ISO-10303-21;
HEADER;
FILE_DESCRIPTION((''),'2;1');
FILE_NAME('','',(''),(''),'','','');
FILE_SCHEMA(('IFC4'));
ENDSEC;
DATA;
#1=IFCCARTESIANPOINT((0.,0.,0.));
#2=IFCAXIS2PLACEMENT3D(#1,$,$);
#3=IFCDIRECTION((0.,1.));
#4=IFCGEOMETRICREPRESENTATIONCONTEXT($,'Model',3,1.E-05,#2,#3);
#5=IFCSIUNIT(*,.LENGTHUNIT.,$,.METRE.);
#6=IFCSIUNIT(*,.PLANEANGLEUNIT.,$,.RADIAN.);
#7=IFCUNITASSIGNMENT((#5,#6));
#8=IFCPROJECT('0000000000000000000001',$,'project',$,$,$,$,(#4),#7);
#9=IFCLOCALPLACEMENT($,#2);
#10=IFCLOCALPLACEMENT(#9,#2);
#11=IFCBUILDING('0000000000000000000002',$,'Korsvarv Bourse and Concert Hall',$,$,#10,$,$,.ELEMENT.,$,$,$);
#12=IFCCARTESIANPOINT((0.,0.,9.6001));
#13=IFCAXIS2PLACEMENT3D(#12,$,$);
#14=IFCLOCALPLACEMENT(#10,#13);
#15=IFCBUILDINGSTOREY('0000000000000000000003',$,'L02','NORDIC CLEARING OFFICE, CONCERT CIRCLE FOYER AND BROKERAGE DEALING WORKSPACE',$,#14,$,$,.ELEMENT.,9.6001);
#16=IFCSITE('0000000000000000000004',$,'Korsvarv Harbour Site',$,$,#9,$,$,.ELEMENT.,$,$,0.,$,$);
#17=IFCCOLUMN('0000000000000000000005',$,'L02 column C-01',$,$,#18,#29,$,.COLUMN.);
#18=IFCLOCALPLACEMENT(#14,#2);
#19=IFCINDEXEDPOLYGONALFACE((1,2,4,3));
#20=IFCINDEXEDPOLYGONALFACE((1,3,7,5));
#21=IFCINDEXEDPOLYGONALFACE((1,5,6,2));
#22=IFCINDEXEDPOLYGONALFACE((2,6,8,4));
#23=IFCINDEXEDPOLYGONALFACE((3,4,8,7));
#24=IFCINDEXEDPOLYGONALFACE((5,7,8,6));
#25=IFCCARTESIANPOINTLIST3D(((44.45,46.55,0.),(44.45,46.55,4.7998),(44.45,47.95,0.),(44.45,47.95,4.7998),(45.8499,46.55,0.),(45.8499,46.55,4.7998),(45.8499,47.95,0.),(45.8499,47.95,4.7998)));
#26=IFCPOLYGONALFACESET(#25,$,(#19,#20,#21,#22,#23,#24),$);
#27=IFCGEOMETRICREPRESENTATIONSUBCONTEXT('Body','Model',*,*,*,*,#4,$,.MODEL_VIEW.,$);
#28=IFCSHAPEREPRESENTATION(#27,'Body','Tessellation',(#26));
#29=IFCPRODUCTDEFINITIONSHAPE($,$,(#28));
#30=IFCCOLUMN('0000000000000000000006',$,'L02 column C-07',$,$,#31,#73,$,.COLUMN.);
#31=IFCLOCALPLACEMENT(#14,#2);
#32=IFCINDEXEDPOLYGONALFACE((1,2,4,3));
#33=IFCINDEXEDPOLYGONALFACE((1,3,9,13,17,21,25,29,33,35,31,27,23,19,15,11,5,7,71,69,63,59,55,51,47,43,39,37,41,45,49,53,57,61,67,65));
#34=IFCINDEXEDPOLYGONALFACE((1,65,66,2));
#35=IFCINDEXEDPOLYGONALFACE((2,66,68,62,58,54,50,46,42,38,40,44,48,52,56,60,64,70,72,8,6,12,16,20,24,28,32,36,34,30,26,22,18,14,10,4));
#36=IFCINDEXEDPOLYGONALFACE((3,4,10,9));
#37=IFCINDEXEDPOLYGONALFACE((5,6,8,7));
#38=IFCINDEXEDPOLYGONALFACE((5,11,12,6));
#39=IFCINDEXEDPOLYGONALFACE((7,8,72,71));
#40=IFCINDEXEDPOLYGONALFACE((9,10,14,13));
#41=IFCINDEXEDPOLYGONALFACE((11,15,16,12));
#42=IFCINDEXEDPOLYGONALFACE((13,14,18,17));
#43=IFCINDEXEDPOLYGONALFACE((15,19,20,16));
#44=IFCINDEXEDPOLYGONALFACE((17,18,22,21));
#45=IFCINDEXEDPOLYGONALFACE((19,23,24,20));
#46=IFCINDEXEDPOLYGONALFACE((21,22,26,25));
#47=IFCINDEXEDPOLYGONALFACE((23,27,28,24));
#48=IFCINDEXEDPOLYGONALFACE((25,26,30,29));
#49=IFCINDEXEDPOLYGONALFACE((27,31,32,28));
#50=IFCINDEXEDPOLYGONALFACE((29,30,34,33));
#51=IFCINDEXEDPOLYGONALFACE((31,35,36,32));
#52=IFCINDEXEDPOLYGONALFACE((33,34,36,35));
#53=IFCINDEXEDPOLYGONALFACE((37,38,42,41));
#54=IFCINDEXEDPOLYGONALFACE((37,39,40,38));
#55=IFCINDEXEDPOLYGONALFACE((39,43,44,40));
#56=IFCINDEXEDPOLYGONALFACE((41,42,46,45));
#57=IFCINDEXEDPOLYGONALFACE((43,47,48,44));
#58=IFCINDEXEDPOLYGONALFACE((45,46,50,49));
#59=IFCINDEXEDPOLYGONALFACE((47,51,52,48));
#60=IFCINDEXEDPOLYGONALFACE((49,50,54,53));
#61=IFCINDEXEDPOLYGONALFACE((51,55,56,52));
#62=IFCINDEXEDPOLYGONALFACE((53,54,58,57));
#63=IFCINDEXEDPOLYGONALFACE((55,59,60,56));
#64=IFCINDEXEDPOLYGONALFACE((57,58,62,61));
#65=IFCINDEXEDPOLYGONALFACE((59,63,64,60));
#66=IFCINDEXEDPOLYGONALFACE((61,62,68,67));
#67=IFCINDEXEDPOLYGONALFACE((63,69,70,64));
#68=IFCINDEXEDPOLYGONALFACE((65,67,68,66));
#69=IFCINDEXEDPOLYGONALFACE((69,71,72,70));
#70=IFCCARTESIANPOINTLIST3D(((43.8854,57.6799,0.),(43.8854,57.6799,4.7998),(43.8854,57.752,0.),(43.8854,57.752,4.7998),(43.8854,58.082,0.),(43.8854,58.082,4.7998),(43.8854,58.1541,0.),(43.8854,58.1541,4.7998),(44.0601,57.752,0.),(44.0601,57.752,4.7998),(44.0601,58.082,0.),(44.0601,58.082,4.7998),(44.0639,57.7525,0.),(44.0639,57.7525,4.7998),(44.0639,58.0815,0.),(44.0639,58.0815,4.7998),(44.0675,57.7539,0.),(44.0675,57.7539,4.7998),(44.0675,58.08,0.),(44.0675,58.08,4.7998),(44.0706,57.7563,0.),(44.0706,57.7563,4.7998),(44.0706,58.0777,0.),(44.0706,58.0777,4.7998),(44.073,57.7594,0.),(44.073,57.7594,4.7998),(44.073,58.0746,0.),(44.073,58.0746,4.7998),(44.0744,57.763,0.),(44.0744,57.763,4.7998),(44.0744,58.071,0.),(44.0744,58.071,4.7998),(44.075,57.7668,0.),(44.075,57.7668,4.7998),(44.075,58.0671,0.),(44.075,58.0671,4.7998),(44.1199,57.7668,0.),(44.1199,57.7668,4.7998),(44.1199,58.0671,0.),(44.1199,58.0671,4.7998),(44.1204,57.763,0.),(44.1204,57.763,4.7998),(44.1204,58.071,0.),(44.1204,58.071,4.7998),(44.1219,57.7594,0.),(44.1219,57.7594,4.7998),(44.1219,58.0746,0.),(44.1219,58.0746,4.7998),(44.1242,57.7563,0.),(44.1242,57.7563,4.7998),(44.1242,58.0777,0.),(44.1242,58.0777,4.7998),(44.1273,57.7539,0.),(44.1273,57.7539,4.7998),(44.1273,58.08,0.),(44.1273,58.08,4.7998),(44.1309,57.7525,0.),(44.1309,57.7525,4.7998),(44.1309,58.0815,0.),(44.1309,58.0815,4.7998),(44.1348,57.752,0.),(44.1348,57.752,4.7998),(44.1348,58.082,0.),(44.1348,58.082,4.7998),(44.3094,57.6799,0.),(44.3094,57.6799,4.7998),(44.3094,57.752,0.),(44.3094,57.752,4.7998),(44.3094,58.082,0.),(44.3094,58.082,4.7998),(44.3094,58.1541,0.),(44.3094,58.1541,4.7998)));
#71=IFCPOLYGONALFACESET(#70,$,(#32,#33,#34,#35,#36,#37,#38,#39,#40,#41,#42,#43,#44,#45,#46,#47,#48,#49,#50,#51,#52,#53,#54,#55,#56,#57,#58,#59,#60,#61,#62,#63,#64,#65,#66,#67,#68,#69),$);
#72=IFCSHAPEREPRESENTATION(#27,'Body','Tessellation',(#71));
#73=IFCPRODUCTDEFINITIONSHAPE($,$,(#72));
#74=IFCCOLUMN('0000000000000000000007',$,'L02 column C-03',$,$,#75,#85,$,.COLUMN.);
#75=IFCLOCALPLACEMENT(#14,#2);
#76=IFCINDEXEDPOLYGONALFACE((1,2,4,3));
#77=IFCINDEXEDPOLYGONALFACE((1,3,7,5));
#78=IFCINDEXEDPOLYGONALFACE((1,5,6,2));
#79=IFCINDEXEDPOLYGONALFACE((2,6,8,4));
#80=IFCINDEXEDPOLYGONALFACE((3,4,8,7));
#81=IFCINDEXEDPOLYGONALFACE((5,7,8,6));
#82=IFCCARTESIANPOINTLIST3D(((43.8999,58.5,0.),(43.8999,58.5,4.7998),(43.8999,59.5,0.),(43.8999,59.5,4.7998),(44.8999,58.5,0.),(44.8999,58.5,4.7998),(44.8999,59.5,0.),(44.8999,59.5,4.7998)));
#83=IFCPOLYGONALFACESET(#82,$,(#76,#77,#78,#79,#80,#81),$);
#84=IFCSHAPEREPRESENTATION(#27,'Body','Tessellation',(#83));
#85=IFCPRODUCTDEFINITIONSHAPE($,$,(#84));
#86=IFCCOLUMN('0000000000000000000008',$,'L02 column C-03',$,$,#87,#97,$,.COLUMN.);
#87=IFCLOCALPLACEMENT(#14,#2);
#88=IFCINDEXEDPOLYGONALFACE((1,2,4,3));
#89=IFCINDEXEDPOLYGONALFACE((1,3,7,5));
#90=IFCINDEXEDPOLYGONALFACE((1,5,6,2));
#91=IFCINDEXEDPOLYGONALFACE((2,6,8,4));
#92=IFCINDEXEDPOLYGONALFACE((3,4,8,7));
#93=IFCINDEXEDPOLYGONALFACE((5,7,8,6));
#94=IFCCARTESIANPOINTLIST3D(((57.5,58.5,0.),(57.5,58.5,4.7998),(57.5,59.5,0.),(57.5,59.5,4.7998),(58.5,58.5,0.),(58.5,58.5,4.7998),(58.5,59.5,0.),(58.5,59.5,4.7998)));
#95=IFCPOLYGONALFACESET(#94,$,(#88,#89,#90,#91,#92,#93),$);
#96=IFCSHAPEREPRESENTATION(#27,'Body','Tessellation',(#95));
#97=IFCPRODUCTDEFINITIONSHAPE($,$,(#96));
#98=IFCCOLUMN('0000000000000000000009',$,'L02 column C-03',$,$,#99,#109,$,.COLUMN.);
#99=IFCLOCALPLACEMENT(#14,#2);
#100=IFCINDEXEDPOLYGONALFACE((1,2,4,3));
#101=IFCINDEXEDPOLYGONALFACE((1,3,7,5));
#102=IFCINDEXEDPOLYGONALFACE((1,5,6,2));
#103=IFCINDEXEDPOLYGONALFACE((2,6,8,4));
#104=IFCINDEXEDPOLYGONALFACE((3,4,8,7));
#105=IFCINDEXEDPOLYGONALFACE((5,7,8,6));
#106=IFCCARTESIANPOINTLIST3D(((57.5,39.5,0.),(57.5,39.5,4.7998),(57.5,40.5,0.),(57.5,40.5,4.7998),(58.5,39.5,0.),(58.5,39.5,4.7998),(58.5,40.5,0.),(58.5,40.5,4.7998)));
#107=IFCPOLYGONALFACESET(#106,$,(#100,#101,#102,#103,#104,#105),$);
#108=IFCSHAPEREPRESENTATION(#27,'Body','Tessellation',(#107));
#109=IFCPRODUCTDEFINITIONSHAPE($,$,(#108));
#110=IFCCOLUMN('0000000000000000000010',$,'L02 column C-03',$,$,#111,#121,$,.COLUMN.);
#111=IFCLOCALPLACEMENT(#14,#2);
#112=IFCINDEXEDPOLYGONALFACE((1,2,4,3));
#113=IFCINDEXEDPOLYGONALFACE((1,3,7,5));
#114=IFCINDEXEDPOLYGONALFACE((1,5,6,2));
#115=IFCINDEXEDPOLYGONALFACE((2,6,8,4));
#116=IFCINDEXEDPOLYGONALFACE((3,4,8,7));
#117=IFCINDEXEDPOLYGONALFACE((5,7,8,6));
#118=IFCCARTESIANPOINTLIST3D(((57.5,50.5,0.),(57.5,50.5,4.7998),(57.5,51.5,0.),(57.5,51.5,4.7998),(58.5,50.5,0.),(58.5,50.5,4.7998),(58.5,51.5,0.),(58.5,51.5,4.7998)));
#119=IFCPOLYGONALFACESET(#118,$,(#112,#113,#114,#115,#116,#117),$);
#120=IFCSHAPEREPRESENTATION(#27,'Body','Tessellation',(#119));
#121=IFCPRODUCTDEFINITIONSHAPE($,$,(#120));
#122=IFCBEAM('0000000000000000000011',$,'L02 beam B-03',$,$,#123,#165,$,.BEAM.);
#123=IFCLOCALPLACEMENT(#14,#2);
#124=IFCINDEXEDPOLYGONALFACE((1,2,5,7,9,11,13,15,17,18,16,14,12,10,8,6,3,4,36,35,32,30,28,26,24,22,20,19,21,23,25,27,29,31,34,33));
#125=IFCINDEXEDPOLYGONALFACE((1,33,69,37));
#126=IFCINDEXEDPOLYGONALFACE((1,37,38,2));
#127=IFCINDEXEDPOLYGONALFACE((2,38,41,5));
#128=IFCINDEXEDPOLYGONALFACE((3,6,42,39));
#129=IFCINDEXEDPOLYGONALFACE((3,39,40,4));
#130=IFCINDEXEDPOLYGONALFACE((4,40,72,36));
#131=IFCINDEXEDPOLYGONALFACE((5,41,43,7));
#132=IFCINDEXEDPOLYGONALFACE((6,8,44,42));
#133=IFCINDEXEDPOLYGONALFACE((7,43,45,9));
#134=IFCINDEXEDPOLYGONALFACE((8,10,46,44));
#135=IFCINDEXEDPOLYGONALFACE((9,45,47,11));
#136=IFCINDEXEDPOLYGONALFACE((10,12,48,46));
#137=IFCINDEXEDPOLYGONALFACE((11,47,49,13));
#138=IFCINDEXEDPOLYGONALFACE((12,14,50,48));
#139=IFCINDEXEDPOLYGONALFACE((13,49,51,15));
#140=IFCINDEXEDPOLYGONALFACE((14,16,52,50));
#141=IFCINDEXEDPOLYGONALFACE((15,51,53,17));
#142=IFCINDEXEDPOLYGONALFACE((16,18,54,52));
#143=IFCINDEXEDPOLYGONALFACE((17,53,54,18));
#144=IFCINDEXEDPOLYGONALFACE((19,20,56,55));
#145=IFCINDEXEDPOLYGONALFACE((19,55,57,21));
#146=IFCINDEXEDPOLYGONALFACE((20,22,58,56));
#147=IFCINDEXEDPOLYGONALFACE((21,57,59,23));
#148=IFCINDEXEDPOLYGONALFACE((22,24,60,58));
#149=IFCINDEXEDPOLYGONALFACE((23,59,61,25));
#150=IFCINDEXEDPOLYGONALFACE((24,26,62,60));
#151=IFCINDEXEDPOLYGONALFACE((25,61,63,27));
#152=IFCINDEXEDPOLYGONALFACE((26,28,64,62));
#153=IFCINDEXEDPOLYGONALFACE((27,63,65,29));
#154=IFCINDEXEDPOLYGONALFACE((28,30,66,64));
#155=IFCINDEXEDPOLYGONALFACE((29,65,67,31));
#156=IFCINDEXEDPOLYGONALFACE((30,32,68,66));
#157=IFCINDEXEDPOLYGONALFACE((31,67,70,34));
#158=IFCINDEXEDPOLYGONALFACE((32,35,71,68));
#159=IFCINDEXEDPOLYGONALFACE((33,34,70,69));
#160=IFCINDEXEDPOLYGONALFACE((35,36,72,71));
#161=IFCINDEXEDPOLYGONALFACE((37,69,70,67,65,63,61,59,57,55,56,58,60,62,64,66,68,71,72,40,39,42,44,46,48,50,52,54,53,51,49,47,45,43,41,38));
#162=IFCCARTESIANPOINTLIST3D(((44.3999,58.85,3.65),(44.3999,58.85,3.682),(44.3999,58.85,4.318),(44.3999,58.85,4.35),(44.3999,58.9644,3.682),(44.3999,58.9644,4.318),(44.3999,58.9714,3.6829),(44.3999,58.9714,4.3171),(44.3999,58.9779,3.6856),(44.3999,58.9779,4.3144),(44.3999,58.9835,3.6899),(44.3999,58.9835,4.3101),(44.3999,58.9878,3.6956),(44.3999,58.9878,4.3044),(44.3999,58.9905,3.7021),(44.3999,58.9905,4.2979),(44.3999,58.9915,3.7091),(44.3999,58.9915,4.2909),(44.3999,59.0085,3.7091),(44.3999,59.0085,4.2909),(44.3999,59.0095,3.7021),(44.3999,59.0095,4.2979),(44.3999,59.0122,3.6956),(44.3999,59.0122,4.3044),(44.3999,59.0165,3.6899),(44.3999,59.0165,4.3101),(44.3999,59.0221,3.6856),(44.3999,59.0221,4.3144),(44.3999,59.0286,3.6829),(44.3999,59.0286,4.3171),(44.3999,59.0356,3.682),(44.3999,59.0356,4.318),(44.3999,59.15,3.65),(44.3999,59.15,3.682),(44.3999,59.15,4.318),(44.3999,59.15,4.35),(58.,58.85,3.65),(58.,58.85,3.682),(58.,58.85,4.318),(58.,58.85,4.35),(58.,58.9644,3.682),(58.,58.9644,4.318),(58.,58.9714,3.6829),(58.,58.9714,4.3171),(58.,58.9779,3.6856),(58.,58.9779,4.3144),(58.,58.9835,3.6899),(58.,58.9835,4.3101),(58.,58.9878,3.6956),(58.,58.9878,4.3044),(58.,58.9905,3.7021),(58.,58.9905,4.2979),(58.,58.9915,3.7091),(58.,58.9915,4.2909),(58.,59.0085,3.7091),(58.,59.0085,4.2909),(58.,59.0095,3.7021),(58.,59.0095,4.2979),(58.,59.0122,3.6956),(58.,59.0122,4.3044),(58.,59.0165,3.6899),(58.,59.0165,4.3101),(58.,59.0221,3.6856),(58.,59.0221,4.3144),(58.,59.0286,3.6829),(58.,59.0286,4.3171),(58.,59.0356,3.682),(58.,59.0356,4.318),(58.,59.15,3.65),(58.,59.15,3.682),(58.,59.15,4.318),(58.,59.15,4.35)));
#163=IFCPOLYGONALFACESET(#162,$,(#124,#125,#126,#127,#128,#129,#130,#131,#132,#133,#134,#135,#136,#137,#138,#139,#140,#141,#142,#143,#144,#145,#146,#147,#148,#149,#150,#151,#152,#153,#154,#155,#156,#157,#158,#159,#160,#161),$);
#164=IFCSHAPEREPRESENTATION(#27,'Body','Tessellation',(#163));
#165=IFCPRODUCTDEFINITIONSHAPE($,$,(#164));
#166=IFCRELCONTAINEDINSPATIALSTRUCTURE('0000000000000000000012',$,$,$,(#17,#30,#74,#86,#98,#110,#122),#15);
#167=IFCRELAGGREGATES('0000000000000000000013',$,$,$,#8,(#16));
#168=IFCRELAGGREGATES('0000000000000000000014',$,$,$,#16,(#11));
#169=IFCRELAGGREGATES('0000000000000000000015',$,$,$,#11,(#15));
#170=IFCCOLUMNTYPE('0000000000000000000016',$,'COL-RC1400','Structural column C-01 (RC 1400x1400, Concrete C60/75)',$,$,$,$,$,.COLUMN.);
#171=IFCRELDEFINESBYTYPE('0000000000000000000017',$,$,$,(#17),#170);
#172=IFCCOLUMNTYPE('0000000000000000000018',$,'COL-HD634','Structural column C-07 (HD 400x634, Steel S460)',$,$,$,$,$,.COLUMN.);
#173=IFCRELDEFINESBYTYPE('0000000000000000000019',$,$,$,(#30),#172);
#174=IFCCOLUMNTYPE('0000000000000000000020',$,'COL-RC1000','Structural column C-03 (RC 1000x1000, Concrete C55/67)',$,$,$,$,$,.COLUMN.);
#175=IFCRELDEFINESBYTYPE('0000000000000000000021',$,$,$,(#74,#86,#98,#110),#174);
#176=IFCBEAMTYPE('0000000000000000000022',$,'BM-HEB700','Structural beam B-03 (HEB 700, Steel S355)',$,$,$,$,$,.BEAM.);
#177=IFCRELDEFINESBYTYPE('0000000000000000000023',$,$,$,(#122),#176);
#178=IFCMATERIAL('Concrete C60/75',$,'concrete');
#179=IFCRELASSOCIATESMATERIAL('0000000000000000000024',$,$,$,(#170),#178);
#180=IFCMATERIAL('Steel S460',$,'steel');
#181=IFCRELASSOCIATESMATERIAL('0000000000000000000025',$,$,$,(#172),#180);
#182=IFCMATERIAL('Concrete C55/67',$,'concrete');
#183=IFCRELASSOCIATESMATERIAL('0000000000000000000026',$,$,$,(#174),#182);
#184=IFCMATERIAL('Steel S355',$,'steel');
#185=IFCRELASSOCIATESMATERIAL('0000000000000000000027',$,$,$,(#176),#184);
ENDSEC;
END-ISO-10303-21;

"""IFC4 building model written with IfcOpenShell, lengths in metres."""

from ifc_helpers import new_model, si_unit, direction, frame, origin, origin_2d, place, context, subcontext, project, spatial, rectangle, i_section, extrude, source, transform, mapped, material, material_profile, profile_set, type_object, element, save


model = new_model("IFC4")

# Units and contexts
model_context = context("Model", 3, precision=1e-05, world=origin(), true_north=direction((0.0, 1.0)))
body_context = subcontext(model_context, "Body", "Model", "MODEL_VIEW")
ifc_project = project(units=[si_unit("LENGTHUNIT", "METRE"), si_unit("PLANEANGLEUNIT", "RADIAN")], contexts=[model_context])

# Site, building, storey
site_placement = place(None, origin())
site = spatial("IfcSite", under=ifc_project, at=site_placement, Name="Korsvarv Harbour Site", CompositionType="ELEMENT", RefElevation=0.0)
building_placement = place(site_placement, origin())
building = spatial("IfcBuilding", under=site, at=building_placement, Name="Korsvarv Bourse and Concert Hall", CompositionType="ELEMENT")
storey_placement = place(building_placement, frame((0.0, 0.0, 9.6001)))
storey = spatial("IfcBuildingStorey", under=building, at=storey_placement, Name="L02", Description="NORDIC CLEARING OFFICE, CONCERT CIRCLE FOYER AND BROKERAGE DEALING WORKSPACE", CompositionType="ELEMENT", Elevation=9.6001)

# Columns
ifc_material_1 = material(Name="Concrete C60/75", Category="concrete")
ifc_material_profile_1 = material_profile(ifc_material_1, rectangle(XDim=1.3999, YDim=1.3999, at=origin_2d()), Name="RC 1400x1400")
ifc_profile_set_1 = profile_set([ifc_material_profile_1], Name="Concrete C60/75")
column_type_1 = type_object("IfcColumnType", Name="COL-RC1400", Description="Structural column C-01 (RC 1400x1400, Concrete C60/75)", PredefinedType="COLUMN", material=ifc_profile_set_1)
shared_shape_1 = source(origin(), body_context, "Body", "SweptSolid", [
    extrude(rectangle(XDim=1.3999, YDim=1.3999, at=origin_2d()), origin(), (0.0, 0.0, 1.0), 4.7998),
])
column_1_placement = place(storey_placement, frame((45.1499, 47.25, 0.0), z_axis=(0.0, 0.0, 1.0), x_axis=(1.0, 0.0, 0.0)))
element("IfcColumn", 1, at=column_1_placement, inside=storey, type_object=column_type_1, Name="L02 column C-01", PredefinedType="COLUMN", context=body_context, shape_type="MappedRepresentation", body=[
    mapped(shared_shape_1, transform((0.0, 0.0, 0.0), scale=1.0)),
])
ifc_material_2 = material(Name="Steel S460", Category="steel")
ifc_material_profile_2 = material_profile(ifc_material_2, i_section(OverallWidth=0.4241, OverallDepth=0.4741, WebThickness=0.0449, FlangeThickness=0.072, FilletRadius=0.0149, at=origin_2d()), Name="HD 400x634")
ifc_profile_set_2 = profile_set([ifc_material_profile_2], Name="Steel S460")
column_type_2 = type_object("IfcColumnType", Name="COL-HD634", Description="Structural column C-07 (HD 400x634, Steel S460)", PredefinedType="COLUMN", material=ifc_profile_set_2)
shared_shape_2 = source(origin(), body_context, "Body", "SweptSolid", [
    extrude(i_section(OverallWidth=0.4241, OverallDepth=0.4741, WebThickness=0.0449, FlangeThickness=0.072, FilletRadius=0.0149, at=origin_2d()), origin(), (0.0, 0.0, 1.0), 4.7998),
])
column_2_placement = place(storey_placement, frame((44.0974, 57.917, 0.0), z_axis=(0.0, 0.0, 1.0), x_axis=(1.0, 0.0, 0.0)))
element("IfcColumn", 2, at=column_2_placement, inside=storey, type_object=column_type_2, Name="L02 column C-07", PredefinedType="COLUMN", context=body_context, shape_type="MappedRepresentation", body=[
    mapped(shared_shape_2, transform((0.0, 0.0, 0.0), scale=1.0)),
])
ifc_material_3 = material(Name="Concrete C55/67", Category="concrete")
ifc_material_profile_3 = material_profile(ifc_material_3, rectangle(XDim=1.0, YDim=1.0, at=origin_2d()), Name="RC 1000x1000")
ifc_profile_set_3 = profile_set([ifc_material_profile_3], Name="Concrete C55/67")
column_type_3 = type_object("IfcColumnType", Name="COL-RC1000", Description="Structural column C-03 (RC 1000x1000, Concrete C55/67)", PredefinedType="COLUMN", material=ifc_profile_set_3)
shared_shape_3 = source(origin(), body_context, "Body", "SweptSolid", [
    extrude(rectangle(XDim=1.0, YDim=1.0, at=origin_2d()), origin(), (0.0, 0.0, 1.0), 4.7998),
])
for number, where, z_axis, x_axis, name in (
    (3, (44.3999, 59.0, 0.0), (0.0, 0.0, 1.0), (1.0, 0.0, 0.0), "L02 column C-03"),
    (4, (58.0, 59.0, 0.0), (0.0, 0.0, 1.0), (1.0, 0.0, 0.0), "L02 column C-03"),
    (5, (58.0, 40.0, 0.0), (0.0, 0.0, 1.0), (1.0, 0.0, 0.0), "L02 column C-03"),
    (6, (58.0, 51.0, 0.0), (0.0, 0.0, 1.0), (1.0, 0.0, 0.0), "L02 column C-03"),
):
    element("IfcColumn", number, at=place(storey_placement, frame(where, z_axis=z_axis, x_axis=x_axis)), inside=storey, type_object=column_type_3, Name=name, PredefinedType="COLUMN", context=body_context, shape_type="MappedRepresentation", body=[
        mapped(shared_shape_3, transform((0.0, 0.0, 0.0), scale=1.0)),
    ])

# Beam
ifc_material_4 = material(Name="Steel S355", Category="steel")
ifc_material_profile_4 = material_profile(ifc_material_4, i_section(OverallWidth=0.3, OverallDepth=0.7, WebThickness=0.0171, FlangeThickness=0.032, FilletRadius=0.0271, at=origin_2d()), Name="HEB 700")
ifc_profile_set_4 = profile_set([ifc_material_profile_4], Name="Steel S355")
beam_type = type_object("IfcBeamType", Name="BM-HEB700", Description="Structural beam B-03 (HEB 700, Steel S355)", PredefinedType="BEAM", material=ifc_profile_set_4)
shared_shape_4 = source(origin(), body_context, "Body", "SweptSolid", [
    extrude(i_section(OverallWidth=0.3, OverallDepth=0.7, WebThickness=0.0171, FlangeThickness=0.032, FilletRadius=0.0271, at=origin_2d()), origin(), (0.0, 0.0, 1.0), 13.6001),
])
beam_placement = place(storey_placement, frame((44.3999, 59.0, 4.0), z_axis=(1.0, 0.0, 0.0), x_axis=(0.0, 1.0, 0.0)))
element("IfcBeam", 7, at=beam_placement, inside=storey, type_object=beam_type, Name="L02 beam B-03", PredefinedType="BEAM", context=body_context, shape_type="MappedRepresentation", body=[
    mapped(shared_shape_4, transform((0.0, 0.0, 0.0), scale=1.0)),
])

save(model, "model.ifc")
